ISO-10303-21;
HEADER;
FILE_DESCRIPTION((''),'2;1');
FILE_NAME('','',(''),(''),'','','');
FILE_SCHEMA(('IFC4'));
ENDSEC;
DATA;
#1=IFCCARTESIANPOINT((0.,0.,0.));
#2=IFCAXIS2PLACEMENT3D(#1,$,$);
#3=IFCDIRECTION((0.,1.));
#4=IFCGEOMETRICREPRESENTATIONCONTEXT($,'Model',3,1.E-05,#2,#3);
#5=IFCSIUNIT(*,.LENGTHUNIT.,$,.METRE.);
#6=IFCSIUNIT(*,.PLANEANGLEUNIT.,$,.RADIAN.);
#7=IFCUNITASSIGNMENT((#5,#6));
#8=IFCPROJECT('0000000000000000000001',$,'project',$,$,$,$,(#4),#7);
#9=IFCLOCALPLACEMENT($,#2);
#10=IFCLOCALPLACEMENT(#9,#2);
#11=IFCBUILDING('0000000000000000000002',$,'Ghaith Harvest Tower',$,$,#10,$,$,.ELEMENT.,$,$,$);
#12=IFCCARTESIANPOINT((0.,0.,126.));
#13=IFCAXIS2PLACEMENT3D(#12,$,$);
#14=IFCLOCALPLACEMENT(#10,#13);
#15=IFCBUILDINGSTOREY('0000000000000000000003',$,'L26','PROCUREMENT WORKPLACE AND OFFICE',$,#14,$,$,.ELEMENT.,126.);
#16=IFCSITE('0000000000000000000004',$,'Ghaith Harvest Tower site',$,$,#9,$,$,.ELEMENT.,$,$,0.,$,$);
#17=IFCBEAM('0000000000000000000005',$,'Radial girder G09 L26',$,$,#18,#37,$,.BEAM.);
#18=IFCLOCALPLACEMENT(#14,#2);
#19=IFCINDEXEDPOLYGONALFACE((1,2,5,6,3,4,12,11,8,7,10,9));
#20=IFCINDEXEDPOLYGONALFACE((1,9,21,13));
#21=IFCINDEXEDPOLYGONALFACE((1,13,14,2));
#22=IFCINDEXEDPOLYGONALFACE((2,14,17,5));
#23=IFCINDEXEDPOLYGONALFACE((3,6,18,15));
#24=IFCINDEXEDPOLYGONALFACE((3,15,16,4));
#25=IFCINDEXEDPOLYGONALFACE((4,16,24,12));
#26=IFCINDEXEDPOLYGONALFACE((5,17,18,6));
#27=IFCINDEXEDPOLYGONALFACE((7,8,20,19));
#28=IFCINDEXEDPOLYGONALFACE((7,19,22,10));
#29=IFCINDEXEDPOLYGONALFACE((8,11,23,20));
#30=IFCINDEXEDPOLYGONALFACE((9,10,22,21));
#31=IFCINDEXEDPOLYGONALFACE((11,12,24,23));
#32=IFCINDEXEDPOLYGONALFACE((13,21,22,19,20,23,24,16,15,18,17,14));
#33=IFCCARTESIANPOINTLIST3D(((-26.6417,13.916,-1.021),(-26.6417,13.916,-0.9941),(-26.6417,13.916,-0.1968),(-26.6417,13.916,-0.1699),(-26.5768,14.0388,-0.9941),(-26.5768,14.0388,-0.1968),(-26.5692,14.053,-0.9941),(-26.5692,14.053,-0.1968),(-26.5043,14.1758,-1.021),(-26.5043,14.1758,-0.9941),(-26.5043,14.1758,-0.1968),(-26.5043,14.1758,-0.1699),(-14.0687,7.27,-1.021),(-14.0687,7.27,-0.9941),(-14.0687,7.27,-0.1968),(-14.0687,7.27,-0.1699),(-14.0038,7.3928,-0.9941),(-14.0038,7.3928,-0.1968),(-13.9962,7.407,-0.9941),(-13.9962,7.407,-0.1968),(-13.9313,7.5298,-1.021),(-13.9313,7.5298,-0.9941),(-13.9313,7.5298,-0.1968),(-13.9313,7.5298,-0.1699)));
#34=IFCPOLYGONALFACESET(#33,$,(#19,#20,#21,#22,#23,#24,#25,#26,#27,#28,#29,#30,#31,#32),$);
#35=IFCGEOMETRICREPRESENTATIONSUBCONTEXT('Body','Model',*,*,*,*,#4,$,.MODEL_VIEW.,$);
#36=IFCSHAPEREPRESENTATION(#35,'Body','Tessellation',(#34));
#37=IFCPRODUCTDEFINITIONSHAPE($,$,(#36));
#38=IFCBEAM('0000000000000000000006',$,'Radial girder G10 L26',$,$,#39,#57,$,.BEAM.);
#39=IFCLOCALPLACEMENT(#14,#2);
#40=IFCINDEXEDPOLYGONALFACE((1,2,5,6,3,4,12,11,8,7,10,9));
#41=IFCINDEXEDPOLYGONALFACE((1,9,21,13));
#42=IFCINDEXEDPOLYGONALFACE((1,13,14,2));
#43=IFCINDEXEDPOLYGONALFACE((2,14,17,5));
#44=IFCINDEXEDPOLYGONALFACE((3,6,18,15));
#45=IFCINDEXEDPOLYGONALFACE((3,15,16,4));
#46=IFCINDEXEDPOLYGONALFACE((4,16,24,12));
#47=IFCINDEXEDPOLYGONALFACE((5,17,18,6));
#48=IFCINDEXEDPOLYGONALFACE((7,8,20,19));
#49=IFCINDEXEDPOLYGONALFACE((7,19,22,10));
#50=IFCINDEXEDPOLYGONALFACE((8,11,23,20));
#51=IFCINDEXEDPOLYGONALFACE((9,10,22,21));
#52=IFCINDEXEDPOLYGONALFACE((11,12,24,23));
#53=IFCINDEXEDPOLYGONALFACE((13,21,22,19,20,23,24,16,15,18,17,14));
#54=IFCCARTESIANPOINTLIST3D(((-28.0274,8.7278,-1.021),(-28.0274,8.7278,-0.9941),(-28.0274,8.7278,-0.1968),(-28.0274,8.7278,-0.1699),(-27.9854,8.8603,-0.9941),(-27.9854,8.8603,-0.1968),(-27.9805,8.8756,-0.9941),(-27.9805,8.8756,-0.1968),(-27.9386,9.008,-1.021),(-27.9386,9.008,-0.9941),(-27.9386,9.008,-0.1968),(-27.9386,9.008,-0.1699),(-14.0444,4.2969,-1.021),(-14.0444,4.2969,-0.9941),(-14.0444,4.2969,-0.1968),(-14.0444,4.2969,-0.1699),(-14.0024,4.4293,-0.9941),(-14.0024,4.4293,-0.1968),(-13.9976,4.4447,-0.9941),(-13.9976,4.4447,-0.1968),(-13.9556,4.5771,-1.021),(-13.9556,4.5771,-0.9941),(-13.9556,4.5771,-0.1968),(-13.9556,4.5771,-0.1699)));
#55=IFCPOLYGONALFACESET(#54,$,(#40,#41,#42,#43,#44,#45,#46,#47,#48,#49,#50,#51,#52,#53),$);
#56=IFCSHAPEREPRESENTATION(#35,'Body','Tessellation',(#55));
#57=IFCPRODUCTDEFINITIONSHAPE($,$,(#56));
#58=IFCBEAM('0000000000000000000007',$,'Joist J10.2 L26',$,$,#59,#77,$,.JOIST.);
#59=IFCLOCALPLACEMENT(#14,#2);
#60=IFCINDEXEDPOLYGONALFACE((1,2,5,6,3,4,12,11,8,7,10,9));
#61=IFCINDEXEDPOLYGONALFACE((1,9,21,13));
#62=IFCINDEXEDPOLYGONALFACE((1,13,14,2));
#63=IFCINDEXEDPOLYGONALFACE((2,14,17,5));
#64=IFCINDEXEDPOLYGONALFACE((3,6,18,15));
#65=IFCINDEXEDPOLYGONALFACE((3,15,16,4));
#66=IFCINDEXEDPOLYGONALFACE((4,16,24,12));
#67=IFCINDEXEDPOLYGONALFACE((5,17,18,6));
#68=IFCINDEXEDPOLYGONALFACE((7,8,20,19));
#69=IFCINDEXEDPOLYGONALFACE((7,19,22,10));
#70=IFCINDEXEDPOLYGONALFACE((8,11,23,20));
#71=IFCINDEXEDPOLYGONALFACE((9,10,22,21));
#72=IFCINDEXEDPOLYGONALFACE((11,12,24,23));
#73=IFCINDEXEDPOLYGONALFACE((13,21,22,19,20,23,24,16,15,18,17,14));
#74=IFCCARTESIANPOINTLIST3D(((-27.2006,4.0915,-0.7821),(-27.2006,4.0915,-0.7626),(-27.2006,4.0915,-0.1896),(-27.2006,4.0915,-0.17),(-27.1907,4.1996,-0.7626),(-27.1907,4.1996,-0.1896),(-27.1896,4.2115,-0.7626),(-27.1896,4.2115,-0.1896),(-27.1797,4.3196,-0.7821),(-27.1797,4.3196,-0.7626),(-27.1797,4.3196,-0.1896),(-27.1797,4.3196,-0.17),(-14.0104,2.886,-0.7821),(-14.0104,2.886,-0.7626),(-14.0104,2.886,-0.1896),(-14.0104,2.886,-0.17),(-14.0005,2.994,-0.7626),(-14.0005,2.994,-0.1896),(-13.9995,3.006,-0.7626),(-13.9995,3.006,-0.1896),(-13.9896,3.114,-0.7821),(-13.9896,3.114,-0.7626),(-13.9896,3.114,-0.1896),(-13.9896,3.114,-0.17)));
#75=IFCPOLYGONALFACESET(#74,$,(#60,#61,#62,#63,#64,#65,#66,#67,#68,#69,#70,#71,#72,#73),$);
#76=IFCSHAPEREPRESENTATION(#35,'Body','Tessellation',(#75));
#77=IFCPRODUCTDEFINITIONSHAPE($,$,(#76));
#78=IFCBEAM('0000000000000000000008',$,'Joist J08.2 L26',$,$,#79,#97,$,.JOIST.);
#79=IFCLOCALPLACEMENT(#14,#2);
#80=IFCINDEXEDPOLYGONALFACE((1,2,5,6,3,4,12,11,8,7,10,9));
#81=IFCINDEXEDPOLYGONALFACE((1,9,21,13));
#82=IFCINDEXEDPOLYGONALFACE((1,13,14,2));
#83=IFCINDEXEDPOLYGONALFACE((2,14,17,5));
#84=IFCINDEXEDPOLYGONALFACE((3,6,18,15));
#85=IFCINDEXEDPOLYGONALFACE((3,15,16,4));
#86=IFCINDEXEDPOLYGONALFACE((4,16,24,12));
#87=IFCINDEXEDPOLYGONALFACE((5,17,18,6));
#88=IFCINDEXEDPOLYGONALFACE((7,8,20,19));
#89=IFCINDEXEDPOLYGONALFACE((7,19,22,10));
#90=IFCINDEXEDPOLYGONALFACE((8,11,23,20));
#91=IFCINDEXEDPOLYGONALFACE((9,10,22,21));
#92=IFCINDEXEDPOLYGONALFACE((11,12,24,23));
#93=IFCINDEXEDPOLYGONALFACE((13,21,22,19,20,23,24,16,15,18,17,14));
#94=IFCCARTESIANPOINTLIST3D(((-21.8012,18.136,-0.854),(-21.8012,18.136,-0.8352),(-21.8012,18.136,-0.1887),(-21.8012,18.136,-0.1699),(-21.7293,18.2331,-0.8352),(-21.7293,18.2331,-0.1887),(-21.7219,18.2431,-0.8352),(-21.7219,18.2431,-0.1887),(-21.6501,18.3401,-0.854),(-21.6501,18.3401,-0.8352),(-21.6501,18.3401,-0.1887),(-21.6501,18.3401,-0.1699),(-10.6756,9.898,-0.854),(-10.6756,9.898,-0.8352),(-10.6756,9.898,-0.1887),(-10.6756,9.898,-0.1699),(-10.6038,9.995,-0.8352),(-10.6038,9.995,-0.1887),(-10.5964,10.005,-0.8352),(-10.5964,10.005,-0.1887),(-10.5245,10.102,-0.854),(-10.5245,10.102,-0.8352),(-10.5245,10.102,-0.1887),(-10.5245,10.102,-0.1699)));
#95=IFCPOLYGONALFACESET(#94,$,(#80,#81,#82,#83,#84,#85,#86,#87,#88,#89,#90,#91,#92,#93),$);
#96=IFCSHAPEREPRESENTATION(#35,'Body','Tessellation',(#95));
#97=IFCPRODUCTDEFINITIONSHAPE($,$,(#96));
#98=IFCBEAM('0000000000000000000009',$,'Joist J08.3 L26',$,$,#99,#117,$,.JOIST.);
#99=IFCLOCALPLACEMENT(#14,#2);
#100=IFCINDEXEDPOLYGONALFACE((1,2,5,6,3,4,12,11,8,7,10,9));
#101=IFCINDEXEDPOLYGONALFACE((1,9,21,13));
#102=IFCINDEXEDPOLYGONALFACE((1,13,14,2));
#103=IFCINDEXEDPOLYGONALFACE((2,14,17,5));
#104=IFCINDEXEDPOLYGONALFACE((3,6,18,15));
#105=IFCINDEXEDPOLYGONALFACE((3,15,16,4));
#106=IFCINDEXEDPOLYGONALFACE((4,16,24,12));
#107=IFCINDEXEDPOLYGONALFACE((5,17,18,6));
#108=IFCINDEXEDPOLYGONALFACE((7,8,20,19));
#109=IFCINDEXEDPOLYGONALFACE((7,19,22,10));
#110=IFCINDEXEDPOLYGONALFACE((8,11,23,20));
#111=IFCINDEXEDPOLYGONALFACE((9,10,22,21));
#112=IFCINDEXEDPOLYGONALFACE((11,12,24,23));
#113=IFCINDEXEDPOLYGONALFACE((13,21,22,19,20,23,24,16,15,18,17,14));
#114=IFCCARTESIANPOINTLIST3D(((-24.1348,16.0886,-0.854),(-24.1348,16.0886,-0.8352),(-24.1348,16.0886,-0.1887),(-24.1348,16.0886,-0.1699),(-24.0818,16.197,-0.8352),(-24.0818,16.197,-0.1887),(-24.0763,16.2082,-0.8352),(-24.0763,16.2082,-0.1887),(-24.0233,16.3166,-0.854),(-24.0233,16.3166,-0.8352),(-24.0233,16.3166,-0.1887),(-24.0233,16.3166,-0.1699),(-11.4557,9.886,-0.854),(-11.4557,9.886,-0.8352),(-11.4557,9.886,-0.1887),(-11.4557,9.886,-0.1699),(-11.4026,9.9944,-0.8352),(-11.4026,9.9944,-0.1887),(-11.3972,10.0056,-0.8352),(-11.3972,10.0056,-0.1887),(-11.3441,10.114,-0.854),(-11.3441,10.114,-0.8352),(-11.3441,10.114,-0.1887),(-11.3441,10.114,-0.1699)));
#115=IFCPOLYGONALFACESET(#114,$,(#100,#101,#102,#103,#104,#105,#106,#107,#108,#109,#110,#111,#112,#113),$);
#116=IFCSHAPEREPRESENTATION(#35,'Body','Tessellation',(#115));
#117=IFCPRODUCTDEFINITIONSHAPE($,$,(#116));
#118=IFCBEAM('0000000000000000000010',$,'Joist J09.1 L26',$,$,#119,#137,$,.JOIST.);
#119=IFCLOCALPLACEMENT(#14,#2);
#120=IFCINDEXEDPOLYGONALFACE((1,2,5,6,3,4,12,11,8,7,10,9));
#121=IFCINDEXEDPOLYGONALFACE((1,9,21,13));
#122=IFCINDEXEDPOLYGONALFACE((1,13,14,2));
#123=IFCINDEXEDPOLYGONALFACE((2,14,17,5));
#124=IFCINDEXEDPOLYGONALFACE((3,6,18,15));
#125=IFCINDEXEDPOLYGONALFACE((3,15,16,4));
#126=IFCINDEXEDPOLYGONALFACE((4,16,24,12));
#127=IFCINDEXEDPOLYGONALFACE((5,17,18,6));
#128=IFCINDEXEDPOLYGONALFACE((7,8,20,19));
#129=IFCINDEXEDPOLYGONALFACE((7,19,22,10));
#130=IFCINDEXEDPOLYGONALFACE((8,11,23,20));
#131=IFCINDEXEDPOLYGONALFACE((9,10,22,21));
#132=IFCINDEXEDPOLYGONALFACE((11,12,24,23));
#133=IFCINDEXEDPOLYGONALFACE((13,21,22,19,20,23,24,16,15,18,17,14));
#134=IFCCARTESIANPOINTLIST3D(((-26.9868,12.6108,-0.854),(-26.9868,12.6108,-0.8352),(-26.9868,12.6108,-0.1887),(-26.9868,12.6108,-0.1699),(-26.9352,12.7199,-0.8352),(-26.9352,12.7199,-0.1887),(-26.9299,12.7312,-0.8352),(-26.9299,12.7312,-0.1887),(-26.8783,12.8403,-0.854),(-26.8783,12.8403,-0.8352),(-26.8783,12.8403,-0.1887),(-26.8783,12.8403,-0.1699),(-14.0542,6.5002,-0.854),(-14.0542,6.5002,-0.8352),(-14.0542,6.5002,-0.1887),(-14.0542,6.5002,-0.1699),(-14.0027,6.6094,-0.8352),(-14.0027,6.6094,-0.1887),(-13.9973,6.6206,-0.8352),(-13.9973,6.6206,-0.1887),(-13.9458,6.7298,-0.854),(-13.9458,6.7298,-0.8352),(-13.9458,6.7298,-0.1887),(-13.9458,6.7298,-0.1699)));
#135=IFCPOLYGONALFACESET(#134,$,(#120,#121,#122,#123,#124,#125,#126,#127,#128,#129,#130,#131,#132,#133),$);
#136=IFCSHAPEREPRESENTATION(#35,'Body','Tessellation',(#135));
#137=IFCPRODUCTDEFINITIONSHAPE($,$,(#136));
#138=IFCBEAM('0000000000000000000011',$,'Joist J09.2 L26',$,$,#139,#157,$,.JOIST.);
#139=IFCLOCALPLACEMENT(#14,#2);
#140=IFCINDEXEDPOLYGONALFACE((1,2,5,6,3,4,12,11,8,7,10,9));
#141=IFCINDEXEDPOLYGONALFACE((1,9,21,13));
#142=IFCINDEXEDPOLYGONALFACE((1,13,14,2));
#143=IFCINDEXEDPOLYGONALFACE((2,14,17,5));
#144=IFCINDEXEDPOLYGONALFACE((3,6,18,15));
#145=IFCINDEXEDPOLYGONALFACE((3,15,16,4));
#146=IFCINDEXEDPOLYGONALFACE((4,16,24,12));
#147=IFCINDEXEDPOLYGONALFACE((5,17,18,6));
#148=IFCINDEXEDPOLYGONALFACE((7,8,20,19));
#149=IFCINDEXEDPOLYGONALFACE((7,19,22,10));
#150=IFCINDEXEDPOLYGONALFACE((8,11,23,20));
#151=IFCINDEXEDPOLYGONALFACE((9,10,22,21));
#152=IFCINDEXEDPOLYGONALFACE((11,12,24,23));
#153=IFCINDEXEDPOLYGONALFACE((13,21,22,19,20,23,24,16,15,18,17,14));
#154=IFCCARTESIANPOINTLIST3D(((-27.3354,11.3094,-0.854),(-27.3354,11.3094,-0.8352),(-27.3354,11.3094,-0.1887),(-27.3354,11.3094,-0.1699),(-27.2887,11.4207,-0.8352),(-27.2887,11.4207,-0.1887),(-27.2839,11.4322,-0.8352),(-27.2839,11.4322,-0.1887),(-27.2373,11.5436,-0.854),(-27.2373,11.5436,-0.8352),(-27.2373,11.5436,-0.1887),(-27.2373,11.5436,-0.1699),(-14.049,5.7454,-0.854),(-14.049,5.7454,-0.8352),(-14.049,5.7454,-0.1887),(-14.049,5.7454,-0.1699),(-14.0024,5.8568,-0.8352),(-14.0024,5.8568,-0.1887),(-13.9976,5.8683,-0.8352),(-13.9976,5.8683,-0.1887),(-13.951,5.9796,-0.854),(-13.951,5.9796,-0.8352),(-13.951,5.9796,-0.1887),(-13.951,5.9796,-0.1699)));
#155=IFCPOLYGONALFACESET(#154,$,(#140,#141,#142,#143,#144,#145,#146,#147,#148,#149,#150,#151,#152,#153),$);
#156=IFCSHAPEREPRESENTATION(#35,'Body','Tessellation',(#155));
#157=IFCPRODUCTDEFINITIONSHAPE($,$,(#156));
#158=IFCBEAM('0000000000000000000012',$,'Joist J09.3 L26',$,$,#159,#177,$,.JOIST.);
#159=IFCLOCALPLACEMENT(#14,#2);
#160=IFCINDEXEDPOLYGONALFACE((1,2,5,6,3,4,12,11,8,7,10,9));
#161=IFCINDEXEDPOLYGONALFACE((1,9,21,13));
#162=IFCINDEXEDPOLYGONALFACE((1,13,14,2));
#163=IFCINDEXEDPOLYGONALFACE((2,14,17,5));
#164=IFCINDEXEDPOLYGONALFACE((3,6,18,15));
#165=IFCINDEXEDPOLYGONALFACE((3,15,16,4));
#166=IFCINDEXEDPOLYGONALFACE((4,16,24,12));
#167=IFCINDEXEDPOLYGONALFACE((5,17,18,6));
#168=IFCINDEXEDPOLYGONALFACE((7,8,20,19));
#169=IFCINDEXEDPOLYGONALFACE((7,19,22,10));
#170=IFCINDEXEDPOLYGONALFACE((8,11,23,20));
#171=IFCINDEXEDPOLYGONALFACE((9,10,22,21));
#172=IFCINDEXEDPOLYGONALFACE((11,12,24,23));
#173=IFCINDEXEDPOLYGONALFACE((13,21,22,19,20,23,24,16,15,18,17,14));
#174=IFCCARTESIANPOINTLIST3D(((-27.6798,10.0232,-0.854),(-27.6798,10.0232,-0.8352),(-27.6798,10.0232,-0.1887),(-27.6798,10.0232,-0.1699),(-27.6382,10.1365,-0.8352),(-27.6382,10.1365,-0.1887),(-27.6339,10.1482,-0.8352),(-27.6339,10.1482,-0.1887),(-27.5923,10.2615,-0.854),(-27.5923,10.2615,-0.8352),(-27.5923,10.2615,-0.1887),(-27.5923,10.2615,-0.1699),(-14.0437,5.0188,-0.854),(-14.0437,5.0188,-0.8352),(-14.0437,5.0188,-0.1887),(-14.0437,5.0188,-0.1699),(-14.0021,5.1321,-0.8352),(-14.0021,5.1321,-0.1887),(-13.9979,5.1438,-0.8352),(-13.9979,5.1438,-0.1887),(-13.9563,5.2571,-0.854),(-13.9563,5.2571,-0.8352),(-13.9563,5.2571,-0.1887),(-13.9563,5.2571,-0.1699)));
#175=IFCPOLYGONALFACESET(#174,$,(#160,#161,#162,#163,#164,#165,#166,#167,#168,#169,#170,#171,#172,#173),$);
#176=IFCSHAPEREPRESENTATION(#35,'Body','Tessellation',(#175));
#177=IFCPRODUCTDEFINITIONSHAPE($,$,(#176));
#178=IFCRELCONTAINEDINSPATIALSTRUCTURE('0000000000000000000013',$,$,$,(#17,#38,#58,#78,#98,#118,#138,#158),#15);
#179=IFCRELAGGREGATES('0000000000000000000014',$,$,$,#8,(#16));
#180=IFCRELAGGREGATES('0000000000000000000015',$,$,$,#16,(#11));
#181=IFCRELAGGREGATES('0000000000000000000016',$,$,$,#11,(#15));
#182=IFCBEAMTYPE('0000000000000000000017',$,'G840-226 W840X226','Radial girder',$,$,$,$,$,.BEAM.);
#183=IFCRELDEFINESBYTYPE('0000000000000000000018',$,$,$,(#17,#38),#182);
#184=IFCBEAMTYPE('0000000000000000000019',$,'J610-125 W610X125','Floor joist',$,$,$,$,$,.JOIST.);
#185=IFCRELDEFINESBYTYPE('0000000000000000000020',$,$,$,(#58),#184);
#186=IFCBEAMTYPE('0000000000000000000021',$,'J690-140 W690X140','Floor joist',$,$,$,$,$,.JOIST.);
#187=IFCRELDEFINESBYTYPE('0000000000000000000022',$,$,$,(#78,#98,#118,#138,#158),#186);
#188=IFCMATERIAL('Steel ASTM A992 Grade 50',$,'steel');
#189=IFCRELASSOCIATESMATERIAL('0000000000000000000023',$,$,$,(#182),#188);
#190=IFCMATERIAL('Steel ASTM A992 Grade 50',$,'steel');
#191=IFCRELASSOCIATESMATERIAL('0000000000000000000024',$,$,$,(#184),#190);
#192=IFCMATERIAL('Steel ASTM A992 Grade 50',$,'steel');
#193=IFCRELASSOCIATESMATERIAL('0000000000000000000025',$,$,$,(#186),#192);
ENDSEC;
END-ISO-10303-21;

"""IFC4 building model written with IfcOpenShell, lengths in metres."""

from ifc_helpers import new_model, si_unit, direction, frame, origin, origin_2d, place, context, subcontext, project, spatial, i_section, extrude, material, material_profile, profile_set, type_object, element, save


model = new_model("IFC4")

# Units and contexts
model_context = context("Model", 3, precision=1e-05, world=origin(), true_north=direction((0.0, 1.0)))
body_context = subcontext(model_context, "Body", "Model", "MODEL_VIEW")
ifc_project = project(units=[si_unit("LENGTHUNIT", "METRE"), si_unit("PLANEANGLEUNIT", "RADIAN")], contexts=[model_context])

# Site, building, storey
site_placement = place(None, origin())
site = spatial("IfcSite", under=ifc_project, at=site_placement, Name="Ghaith Harvest Tower site", CompositionType="ELEMENT", RefElevation=0.0)
building_placement = place(site_placement, origin())
building = spatial("IfcBuilding", under=site, at=building_placement, Name="Ghaith Harvest Tower", CompositionType="ELEMENT")
storey_placement = place(building_placement, frame((0.0, 0.0, 126.0)))
storey = spatial("IfcBuildingStorey", under=building, at=storey_placement, Name="L26", Description="PROCUREMENT WORKPLACE AND OFFICE", CompositionType="ELEMENT", Elevation=126.0)

# Beams
ifc_material_1 = material(Name="Steel ASTM A992 Grade 50", Category="steel")
ifc_material_profile_1 = material_profile(ifc_material_1, i_section(OverallWidth=0.2939, OverallDepth=0.8511, WebThickness=0.0161, FlangeThickness=0.0269, at=origin_2d()), Name="W840X226")
ifc_profile_set_1 = profile_set([ifc_material_profile_1], Name="Steel ASTM A992 Grade 50")
beam_type_1 = type_object("IfcBeamType", Name="G840-226 W840X226", Description="Radial girder", PredefinedType="BEAM", material=ifc_profile_set_1)
beam_1_placement = place(storey_placement, frame((-14.0, 7.3999, -0.5955), z_axis=(-0.884087, 0.467322, 0.0), x_axis=(-0.467322, -0.884087, 0.0)))
element("IfcBeam", 1, at=beam_1_placement, inside=storey, type_object=beam_type_1, Name="Radial girder G09 L26", PredefinedType="BEAM", context=body_context, shape_type="SweptSolid", body=[
    extrude(i_section(OverallWidth=0.2939, OverallDepth=0.8511, WebThickness=0.0161, FlangeThickness=0.0269, at=origin_2d()), origin(), (0.0, 0.0, 1.0), 14.2214),
])
beam_2_placement = place(storey_placement, frame((-14.0, 4.437, -0.5955), z_axis=(-0.953284, 0.302077, 0.0), x_axis=(-0.302077, -0.953284, 0.0)))
element("IfcBeam", 2, at=beam_2_placement, inside=storey, type_object=beam_type_1, Name="Radial girder G10 L26", PredefinedType="BEAM", context=body_context, shape_type="SweptSolid", body=[
    extrude(i_section(OverallWidth=0.2939, OverallDepth=0.8511, WebThickness=0.0161, FlangeThickness=0.0269, at=origin_2d()), origin(), (0.0, 0.0, 1.0), 14.6682),
])
ifc_material_2 = material(Name="Steel ASTM A992 Grade 50", Category="steel")
ifc_material_profile_2 = material_profile(ifc_material_2, i_section(OverallWidth=0.229, OverallDepth=0.6121, WebThickness=0.012, FlangeThickness=0.0195, at=origin_2d()), Name="W610X125")
ifc_profile_set_2 = profile_set([ifc_material_profile_2], Name="Steel ASTM A992 Grade 50")
beam_type_2 = type_object("IfcBeamType", Name="J610-125 W610X125", Description="Floor joist", PredefinedType="JOIST", material=ifc_profile_set_2)
beam_3_placement = place(storey_placement, frame((-14.0, 3.0, -0.4761), z_axis=(-0.995849, 0.091019, 0.0), x_axis=(-0.091019, -0.995849, 0.0)))
element("IfcBeam", 3, at=beam_3_placement, inside=storey, type_object=beam_type_2, Name="Joist J10.2 L26", PredefinedType="JOIST", context=body_context, shape_type="SweptSolid", body=[
    extrude(i_section(OverallWidth=0.229, OverallDepth=0.6121, WebThickness=0.012, FlangeThickness=0.0195, at=origin_2d()), origin(), (0.0, 0.0, 1.0), 13.2451),
])
ifc_material_3 = material(Name="Steel ASTM A992 Grade 50", Category="steel")
ifc_material_profile_3 = material_profile(ifc_material_3, i_section(OverallWidth=0.2539, OverallDepth=0.6841, WebThickness=0.0125, FlangeThickness=0.0188, at=origin_2d()), Name="W690X140")
ifc_profile_set_3 = profile_set([ifc_material_profile_3], Name="Steel ASTM A992 Grade 50")
beam_type_3 = type_object("IfcBeamType", Name="J690-140 W690X140", Description="Floor joist", PredefinedType="JOIST", material=ifc_profile_set_3)
beam_4_placement = place(storey_placement, frame((-10.6001, 10.0, -0.512), z_axis=(-0.803663, 0.595085, 0.0), x_axis=(-0.595085, -0.803663, 0.0)))
element("IfcBeam", 4, at=beam_4_placement, inside=storey, type_object=beam_type_3, Name="Joist J08.2 L26", PredefinedType="JOIST", context=body_context, shape_type="SweptSolid", body=[
    extrude(i_section(OverallWidth=0.2539, OverallDepth=0.6841, WebThickness=0.0125, FlangeThickness=0.0188, at=origin_2d()), origin(), (0.0, 0.0, 1.0), 13.8435),
])
beam_5_placement = place(storey_placement, frame((-11.3999, 10.0, -0.512), z_axis=(-0.898275, 0.439434, 0.0), x_axis=(-0.439434, -0.898275, 0.0)))
element("IfcBeam", 5, at=beam_5_placement, inside=storey, type_object=beam_type_3, Name="Joist J08.3 L26", PredefinedType="JOIST", context=body_context, shape_type="SweptSolid", body=[
    extrude(i_section(OverallWidth=0.2539, OverallDepth=0.6841, WebThickness=0.0125, FlangeThickness=0.0188, at=origin_2d()), origin(), (0.0, 0.0, 1.0), 14.115),
])
beam_6_placement = place(storey_placement, frame((-14.0, 6.615, -0.512), z_axis=(-0.904153, 0.427208, 0.0), x_axis=(-0.427208, -0.904153, 0.0)))
element("IfcBeam", 6, at=beam_6_placement, inside=storey, type_object=beam_type_3, Name="Joist J09.1 L26", PredefinedType="JOIST", context=body_context, shape_type="SweptSolid", body=[
    extrude(i_section(OverallWidth=0.2539, OverallDepth=0.6841, WebThickness=0.0125, FlangeThickness=0.0188, at=origin_2d()), origin(), (0.0, 0.0, 1.0), 14.3035),
])
beam_7_placement = place(storey_placement, frame((-14.0, 5.8625, -0.512), z_axis=(-0.922386, 0.38627, 0.0), x_axis=(-0.38627, -0.922386, 0.0)))
element("IfcBeam", 7, at=beam_7_placement, inside=storey, type_object=beam_type_3, Name="Joist J09.2 L26", PredefinedType="JOIST", context=body_context, shape_type="SweptSolid", body=[
    extrude(i_section(OverallWidth=0.2539, OverallDepth=0.6841, WebThickness=0.0125, FlangeThickness=0.0188, at=origin_2d()), origin(), (0.0, 0.0, 1.0), 14.4043),
])
beam_8_placement = place(storey_placement, frame((-14.0, 5.1379, -0.512), z_axis=(-0.938775, 0.34453, 0.0), x_axis=(-0.34453, -0.938775, 0.0)))
element("IfcBeam", 8, at=beam_8_placement, inside=storey, type_object=beam_type_3, Name="Joist J09.3 L26", PredefinedType="JOIST", context=body_context, shape_type="SweptSolid", body=[
    extrude(i_section(OverallWidth=0.2539, OverallDepth=0.6841, WebThickness=0.0125, FlangeThickness=0.0188, at=origin_2d()), origin(), (0.0, 0.0, 1.0), 14.5254),
])

save(model, "model.ifc")
